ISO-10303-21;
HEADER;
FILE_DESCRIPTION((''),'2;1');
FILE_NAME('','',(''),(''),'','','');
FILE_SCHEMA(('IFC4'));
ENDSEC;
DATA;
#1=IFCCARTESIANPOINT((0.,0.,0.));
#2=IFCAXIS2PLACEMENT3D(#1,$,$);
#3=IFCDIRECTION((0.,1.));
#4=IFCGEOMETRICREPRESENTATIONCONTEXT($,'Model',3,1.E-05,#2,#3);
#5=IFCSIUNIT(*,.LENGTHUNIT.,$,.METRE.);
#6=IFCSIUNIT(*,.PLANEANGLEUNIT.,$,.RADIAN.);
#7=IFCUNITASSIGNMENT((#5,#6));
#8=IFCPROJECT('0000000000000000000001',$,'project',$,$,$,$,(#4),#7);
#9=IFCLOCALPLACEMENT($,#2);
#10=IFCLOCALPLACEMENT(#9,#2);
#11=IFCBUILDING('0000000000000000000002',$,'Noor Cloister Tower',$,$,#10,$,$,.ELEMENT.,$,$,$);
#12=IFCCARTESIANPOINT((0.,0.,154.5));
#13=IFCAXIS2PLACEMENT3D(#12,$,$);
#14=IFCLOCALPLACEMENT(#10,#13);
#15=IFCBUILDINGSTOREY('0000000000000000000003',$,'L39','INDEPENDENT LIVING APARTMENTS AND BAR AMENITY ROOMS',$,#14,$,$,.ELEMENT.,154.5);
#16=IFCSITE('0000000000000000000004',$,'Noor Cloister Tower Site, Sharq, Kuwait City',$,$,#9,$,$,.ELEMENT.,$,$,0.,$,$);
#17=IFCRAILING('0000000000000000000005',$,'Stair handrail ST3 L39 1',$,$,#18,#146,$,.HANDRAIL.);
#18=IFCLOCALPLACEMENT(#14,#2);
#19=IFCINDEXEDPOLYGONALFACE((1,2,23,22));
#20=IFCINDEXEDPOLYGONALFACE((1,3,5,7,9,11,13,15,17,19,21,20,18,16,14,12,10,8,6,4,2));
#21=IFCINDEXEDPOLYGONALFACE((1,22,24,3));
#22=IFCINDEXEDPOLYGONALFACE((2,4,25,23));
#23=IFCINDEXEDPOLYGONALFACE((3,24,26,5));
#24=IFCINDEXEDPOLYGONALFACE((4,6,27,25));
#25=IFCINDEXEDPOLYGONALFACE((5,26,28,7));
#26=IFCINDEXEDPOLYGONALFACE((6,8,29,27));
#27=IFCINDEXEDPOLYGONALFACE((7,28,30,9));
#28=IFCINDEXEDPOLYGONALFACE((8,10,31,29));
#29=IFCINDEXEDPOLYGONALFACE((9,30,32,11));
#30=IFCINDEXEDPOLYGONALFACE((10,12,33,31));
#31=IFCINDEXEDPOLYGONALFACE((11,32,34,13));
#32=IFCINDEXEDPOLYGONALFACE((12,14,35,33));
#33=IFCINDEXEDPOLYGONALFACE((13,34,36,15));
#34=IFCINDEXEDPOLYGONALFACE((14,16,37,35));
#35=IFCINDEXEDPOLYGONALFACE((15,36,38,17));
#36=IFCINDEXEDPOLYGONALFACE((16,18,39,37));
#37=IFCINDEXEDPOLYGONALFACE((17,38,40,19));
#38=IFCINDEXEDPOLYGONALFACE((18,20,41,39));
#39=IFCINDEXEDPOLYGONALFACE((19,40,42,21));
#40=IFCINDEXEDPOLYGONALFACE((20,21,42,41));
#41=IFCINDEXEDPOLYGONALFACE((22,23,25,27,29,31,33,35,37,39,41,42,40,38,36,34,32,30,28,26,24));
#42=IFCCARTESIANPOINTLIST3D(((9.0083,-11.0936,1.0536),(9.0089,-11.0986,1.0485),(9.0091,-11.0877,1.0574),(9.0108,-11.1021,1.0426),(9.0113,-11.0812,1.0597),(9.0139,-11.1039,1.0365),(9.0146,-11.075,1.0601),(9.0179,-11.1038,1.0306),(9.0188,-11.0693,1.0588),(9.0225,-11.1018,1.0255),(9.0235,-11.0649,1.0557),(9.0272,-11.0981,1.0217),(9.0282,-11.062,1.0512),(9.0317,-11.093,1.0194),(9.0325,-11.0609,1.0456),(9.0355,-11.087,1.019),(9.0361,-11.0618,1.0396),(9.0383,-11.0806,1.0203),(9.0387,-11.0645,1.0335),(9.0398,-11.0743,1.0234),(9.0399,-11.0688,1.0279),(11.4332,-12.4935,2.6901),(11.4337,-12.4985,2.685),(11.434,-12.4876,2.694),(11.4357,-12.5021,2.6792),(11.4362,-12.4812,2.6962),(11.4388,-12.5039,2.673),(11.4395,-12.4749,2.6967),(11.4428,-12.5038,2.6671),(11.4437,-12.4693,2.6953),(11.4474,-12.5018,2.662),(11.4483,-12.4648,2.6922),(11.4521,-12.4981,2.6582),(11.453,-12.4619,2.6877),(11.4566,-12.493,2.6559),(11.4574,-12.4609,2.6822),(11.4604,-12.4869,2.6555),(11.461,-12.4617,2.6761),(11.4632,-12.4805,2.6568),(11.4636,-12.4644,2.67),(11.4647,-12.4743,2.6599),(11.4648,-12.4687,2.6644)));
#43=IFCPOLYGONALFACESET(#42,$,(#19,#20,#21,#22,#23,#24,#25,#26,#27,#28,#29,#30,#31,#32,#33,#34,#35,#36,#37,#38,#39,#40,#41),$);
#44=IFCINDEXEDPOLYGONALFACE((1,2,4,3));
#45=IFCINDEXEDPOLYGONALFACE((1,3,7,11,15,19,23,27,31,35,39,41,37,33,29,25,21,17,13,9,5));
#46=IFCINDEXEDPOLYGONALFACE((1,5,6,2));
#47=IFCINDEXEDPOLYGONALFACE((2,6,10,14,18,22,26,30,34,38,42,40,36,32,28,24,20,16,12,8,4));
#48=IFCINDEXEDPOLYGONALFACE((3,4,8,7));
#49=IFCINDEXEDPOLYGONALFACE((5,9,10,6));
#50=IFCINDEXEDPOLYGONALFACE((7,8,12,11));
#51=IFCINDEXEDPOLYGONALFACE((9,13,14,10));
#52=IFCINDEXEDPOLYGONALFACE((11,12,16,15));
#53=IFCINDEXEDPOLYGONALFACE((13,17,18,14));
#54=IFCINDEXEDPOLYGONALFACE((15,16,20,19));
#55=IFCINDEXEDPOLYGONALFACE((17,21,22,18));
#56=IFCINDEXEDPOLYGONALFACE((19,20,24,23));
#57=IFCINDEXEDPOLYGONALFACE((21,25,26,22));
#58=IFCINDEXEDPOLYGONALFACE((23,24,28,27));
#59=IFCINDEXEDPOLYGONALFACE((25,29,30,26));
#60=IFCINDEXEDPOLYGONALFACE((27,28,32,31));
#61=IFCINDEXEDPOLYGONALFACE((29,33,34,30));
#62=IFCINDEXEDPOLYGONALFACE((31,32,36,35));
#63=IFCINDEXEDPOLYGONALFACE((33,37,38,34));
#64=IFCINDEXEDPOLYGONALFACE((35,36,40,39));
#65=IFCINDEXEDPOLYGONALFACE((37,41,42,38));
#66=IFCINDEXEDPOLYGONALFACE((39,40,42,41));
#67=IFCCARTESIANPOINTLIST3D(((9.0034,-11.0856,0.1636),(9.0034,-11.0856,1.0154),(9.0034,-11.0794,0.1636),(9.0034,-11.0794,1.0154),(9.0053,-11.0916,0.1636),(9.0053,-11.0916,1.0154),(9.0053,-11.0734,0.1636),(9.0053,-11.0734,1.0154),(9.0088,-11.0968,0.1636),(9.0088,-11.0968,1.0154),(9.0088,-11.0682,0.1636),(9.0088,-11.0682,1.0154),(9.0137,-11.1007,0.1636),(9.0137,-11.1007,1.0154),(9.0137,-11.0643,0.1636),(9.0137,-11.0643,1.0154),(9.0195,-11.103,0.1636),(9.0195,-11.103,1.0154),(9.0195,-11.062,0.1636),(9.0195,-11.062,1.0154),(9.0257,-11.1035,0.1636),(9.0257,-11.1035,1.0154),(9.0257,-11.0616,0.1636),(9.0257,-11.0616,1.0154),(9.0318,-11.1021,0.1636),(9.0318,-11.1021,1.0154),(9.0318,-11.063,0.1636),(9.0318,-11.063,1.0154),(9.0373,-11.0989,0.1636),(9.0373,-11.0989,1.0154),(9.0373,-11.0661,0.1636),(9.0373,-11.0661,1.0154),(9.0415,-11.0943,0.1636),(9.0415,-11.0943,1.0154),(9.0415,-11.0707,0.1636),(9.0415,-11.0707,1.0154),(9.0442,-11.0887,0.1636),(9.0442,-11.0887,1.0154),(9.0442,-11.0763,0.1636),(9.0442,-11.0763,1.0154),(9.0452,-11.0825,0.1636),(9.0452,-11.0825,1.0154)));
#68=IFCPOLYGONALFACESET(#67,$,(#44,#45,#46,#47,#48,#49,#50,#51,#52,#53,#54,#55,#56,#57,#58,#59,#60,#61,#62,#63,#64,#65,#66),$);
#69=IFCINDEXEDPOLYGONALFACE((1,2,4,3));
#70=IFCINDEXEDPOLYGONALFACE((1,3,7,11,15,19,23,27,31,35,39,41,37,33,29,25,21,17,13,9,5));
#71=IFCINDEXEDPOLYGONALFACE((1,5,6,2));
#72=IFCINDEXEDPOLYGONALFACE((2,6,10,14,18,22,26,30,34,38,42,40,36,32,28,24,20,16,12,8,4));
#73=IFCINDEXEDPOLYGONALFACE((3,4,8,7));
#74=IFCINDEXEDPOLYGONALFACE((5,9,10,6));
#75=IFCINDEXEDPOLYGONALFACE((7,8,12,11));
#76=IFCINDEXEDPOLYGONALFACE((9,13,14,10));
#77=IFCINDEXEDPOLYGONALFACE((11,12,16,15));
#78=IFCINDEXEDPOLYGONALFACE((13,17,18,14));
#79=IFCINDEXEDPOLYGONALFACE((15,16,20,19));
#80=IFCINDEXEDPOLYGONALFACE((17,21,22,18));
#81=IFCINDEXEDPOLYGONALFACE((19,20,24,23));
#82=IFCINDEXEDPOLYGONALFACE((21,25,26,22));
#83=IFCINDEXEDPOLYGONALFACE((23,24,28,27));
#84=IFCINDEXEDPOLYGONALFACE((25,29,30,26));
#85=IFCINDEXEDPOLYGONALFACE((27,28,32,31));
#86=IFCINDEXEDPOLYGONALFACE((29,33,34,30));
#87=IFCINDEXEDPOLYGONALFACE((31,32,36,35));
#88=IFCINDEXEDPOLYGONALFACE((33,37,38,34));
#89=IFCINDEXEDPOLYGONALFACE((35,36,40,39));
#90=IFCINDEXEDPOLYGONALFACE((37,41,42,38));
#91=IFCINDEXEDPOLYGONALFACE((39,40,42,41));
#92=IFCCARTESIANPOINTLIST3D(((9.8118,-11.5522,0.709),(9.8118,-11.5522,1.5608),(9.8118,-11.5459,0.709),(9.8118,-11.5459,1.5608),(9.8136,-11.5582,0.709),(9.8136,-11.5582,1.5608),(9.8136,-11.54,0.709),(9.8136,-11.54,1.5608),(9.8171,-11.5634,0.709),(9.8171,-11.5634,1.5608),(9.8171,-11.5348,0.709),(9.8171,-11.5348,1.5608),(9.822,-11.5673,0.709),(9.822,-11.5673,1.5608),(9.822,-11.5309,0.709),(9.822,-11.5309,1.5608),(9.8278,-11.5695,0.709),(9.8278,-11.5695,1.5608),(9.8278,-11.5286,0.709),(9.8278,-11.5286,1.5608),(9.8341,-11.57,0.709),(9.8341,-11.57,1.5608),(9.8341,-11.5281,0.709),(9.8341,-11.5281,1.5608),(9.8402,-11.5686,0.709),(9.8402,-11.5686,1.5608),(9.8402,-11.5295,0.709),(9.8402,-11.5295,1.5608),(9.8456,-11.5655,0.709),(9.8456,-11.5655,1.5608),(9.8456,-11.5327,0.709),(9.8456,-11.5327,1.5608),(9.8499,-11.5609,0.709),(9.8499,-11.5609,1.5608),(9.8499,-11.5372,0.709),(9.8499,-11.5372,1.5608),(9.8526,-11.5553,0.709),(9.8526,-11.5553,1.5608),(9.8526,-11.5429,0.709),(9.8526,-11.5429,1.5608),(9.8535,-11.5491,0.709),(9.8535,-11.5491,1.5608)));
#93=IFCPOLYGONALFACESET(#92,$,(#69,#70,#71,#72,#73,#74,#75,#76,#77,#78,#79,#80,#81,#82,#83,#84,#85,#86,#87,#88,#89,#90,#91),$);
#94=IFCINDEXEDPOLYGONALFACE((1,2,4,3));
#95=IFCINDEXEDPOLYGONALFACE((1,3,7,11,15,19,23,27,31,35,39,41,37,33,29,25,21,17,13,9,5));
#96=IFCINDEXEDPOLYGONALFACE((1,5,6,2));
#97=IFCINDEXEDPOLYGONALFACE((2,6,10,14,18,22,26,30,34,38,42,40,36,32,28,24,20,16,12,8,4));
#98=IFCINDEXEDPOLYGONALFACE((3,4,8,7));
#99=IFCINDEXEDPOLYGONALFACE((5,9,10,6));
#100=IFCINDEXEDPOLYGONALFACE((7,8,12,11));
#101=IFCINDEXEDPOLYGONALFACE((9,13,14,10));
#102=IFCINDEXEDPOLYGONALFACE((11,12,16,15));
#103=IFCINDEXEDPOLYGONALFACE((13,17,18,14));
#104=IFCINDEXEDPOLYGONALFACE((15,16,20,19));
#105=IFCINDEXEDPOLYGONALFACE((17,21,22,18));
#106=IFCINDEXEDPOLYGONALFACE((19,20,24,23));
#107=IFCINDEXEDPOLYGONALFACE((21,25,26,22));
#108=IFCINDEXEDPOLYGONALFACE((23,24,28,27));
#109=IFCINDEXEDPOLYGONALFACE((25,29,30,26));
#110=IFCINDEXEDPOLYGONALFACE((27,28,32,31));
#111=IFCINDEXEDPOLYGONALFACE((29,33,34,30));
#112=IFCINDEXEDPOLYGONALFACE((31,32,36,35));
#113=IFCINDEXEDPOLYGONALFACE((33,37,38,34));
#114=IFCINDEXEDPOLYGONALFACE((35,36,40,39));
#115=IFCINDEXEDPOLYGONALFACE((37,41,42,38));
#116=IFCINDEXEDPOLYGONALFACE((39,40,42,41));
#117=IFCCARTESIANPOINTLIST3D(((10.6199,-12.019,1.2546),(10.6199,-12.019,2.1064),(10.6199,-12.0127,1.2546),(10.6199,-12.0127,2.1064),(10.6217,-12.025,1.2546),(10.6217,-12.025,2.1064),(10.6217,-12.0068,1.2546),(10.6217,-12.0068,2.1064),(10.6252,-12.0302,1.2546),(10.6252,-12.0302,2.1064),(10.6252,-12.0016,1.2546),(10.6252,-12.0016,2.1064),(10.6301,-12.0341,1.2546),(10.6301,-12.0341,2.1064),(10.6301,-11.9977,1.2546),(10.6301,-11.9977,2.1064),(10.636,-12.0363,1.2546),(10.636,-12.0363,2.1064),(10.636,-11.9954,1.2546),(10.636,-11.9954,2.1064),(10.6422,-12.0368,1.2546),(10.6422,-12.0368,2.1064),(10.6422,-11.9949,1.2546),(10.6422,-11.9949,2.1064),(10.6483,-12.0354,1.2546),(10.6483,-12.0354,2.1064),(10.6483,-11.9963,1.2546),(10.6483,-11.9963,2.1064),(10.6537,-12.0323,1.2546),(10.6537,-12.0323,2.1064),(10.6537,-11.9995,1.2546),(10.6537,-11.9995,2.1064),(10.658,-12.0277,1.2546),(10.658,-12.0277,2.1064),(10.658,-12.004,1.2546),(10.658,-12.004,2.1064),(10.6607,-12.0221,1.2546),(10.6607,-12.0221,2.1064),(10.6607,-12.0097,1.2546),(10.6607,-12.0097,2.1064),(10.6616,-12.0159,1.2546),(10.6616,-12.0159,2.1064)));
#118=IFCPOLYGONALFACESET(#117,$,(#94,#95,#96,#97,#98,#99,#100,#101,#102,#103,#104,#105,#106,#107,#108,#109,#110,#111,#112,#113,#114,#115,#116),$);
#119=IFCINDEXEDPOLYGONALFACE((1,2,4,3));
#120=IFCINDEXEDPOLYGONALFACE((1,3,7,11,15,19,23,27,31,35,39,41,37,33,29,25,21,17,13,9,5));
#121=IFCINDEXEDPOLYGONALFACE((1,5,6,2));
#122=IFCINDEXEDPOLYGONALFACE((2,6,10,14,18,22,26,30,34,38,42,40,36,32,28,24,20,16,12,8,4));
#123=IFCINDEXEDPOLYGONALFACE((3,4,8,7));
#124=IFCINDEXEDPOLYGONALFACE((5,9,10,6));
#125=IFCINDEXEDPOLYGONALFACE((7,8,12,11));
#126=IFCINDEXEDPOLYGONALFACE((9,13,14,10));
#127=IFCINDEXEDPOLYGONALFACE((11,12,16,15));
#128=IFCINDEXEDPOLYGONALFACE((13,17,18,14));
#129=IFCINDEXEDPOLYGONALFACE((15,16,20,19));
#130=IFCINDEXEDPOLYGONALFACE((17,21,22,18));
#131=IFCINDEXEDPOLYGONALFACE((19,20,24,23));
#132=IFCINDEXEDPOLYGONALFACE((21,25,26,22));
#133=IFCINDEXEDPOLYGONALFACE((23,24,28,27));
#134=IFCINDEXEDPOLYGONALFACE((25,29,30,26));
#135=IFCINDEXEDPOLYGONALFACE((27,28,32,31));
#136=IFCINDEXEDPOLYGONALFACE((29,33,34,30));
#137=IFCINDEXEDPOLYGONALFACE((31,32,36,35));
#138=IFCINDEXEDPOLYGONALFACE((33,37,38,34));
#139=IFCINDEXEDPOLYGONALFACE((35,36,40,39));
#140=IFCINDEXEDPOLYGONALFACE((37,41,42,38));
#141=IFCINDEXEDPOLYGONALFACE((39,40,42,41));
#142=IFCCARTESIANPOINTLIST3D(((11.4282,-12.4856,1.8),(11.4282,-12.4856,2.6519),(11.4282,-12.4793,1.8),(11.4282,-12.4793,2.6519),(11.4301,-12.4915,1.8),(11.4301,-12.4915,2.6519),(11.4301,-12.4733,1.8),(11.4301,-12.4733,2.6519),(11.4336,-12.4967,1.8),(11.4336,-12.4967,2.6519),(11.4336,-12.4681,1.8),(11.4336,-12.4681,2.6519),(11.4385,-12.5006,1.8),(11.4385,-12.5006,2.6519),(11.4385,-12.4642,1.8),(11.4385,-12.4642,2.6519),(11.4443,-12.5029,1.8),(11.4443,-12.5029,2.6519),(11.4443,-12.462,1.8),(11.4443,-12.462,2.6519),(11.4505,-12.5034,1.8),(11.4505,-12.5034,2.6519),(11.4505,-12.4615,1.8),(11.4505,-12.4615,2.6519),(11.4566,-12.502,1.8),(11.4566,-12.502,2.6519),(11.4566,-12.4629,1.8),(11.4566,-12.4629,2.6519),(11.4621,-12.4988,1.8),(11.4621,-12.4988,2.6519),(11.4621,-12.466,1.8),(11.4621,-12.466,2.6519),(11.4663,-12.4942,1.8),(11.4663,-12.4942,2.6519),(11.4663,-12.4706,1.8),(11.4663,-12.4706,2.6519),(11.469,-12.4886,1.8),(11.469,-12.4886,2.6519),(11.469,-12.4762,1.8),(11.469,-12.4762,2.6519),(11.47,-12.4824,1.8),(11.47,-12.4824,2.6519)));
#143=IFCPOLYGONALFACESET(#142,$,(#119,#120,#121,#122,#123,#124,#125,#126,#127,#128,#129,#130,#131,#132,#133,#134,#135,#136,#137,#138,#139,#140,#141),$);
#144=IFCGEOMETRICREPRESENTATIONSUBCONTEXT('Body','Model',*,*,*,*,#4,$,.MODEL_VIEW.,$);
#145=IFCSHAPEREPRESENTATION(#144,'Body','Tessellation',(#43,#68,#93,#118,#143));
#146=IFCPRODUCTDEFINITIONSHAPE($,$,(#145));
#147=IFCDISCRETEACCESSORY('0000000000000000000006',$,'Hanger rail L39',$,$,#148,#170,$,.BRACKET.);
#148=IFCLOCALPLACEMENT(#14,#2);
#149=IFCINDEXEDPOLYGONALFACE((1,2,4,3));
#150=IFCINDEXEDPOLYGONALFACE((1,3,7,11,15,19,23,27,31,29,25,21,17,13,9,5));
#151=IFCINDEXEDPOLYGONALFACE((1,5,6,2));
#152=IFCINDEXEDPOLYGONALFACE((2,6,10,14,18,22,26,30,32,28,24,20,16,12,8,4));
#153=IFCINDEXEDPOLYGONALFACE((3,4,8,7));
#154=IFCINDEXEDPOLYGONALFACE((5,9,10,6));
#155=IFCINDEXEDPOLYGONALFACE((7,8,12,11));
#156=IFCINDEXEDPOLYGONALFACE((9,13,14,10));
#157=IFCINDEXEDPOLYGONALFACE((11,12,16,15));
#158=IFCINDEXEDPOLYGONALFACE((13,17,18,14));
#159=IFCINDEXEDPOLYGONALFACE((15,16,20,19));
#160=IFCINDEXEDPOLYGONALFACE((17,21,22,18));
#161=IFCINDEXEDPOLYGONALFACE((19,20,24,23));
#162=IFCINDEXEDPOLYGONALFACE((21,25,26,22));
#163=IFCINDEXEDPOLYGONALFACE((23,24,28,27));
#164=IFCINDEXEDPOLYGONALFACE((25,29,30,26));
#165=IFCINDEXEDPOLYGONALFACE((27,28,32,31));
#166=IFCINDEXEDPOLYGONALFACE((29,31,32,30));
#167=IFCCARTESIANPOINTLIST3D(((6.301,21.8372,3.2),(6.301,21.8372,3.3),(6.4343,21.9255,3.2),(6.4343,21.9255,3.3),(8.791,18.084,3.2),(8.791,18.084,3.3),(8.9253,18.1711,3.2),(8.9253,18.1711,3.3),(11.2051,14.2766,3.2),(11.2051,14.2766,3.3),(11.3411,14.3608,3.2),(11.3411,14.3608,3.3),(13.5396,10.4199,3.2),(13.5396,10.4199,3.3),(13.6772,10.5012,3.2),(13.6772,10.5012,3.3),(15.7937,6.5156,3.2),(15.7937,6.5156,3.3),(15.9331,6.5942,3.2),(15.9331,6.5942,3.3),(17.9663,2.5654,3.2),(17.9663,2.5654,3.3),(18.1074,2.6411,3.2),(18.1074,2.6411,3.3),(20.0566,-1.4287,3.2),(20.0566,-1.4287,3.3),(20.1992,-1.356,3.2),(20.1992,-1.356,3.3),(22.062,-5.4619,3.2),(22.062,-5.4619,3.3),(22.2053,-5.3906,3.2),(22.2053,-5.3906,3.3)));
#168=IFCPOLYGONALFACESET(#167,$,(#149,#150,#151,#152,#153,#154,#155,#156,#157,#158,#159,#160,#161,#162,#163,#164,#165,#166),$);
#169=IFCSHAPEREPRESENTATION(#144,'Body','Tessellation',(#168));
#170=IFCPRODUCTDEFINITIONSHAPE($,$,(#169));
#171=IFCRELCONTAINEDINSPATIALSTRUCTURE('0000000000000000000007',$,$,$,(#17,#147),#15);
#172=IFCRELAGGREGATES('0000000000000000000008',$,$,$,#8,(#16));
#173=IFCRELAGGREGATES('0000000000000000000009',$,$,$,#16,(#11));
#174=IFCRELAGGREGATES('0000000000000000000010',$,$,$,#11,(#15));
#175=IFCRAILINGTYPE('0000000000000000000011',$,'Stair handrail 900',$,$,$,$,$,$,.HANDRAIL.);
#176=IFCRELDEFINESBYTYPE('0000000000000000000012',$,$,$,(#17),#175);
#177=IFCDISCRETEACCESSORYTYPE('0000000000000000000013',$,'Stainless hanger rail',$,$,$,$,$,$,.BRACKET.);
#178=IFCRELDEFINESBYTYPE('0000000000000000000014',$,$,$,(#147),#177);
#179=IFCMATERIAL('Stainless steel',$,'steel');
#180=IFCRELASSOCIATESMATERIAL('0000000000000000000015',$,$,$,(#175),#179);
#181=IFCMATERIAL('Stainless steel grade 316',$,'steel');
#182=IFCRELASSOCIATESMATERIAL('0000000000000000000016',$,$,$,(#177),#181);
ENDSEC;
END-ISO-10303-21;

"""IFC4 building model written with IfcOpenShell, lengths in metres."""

from ifc_helpers import new_model, si_unit, direction, frame, origin, origin_2d, place, context, subcontext, project, spatial, polyline, circle, outline, extrude, material, type_object, element, save


model = new_model("IFC4")

# Units and contexts
model_context = context("Model", 3, precision=1e-05, world=origin(), true_north=direction((0.0, 1.0)))
body_context = subcontext(model_context, "Body", "Model", "MODEL_VIEW")
ifc_project = project(units=[si_unit("LENGTHUNIT", "METRE"), si_unit("PLANEANGLEUNIT", "RADIAN")], contexts=[model_context])

# Site, building, storey
site_placement = place(None, origin())
site = spatial("IfcSite", under=ifc_project, at=site_placement, Name="Noor Cloister Tower Site, Sharq, Kuwait City", CompositionType="ELEMENT", RefElevation=0.0)
building_placement = place(site_placement, origin())
building = spatial("IfcBuilding", under=site, at=building_placement, Name="Noor Cloister Tower", CompositionType="ELEMENT")
storey_placement = place(building_placement, frame((0.0, 0.0, 154.5)))
storey = spatial("IfcBuildingStorey", under=building, at=storey_placement, Name="L39", Description="INDEPENDENT LIVING APARTMENTS AND BAR AMENITY ROOMS", CompositionType="ELEMENT", Elevation=154.5)

# Railing
ifc_material_1 = material(Name="Stainless steel", Category="steel")
railing_type = type_object("IfcRailingType", Name="Stair handrail 900", PredefinedType="HANDRAIL", material=ifc_material_1)
railing_placement = place(storey_placement, frame((9.0242, -11.0825, 0.1636)))
element("IfcRailing", 1, at=railing_placement, inside=storey, type_object=railing_type, Name="Stair handrail ST3 L39 1", PredefinedType="HANDRAIL", context=body_context, shape_type="SweptSolid", body=[
    extrude(circle(Radius=0.0239, at=origin_2d()), frame((0.0, 0.0, 0.876), z_axis=(0.74769, -0.431661, 0.504608), x_axis=(0.499984, 0.866035, 0.0)), (0.0, 0.0, 1.0), 3.2432),
    extrude(circle(Radius=0.021, at=origin_2d()), origin(), (0.0, 0.0, 1.0), 0.8518),
    extrude(circle(Radius=0.021, at=origin_2d()), frame((0.8083, -0.4666, 0.5454)), (0.0, 0.0, 1.0), 0.8518),
    extrude(circle(Radius=0.021, at=origin_2d()), frame((1.6165, -0.9333, 1.0911)), (0.0, 0.0, 1.0), 0.8518),
    extrude(circle(Radius=0.021, at=origin_2d()), frame((2.4248, -1.3999, 1.6365)), (0.0, 0.0, 1.0), 0.8518),
])

# Discrete accessory
ifc_material_2 = material(Name="Stainless steel grade 316", Category="steel")
discrete_accessory_type = type_object("IfcDiscreteAccessoryType", Name="Stainless hanger rail", PredefinedType="BRACKET", material=ifc_material_2)
discrete_accessory_placement = place(storey_placement, frame((0.0, 0.0, 3.2)))
element("IfcDiscreteAccessory", 2, at=discrete_accessory_placement, inside=storey, type_object=discrete_accessory_type, Name="Hanger rail L39", PredefinedType="BRACKET", context=body_context, shape_type="SweptSolid", body=[
    extrude(outline(polyline([(22.2053, -5.3906), (20.1992, -1.356), (18.1074, 2.6411), (15.9331, 6.5942), (13.6772, 10.5012), (11.3411, 14.3608), (8.9253, 18.1711), (6.4343, 21.9255), (6.301, 21.8372), (8.791, 18.084), (11.2051, 14.2766), (13.5396, 10.4199), (15.7937, 6.5156), (17.9663, 2.5654), (20.0566, -1.4287), (22.062, -5.4619), (22.2053, -5.3906)])), origin(), (0.0, 0.0, 1.0), 0.1001),
])

save(model, "model.ifc")
